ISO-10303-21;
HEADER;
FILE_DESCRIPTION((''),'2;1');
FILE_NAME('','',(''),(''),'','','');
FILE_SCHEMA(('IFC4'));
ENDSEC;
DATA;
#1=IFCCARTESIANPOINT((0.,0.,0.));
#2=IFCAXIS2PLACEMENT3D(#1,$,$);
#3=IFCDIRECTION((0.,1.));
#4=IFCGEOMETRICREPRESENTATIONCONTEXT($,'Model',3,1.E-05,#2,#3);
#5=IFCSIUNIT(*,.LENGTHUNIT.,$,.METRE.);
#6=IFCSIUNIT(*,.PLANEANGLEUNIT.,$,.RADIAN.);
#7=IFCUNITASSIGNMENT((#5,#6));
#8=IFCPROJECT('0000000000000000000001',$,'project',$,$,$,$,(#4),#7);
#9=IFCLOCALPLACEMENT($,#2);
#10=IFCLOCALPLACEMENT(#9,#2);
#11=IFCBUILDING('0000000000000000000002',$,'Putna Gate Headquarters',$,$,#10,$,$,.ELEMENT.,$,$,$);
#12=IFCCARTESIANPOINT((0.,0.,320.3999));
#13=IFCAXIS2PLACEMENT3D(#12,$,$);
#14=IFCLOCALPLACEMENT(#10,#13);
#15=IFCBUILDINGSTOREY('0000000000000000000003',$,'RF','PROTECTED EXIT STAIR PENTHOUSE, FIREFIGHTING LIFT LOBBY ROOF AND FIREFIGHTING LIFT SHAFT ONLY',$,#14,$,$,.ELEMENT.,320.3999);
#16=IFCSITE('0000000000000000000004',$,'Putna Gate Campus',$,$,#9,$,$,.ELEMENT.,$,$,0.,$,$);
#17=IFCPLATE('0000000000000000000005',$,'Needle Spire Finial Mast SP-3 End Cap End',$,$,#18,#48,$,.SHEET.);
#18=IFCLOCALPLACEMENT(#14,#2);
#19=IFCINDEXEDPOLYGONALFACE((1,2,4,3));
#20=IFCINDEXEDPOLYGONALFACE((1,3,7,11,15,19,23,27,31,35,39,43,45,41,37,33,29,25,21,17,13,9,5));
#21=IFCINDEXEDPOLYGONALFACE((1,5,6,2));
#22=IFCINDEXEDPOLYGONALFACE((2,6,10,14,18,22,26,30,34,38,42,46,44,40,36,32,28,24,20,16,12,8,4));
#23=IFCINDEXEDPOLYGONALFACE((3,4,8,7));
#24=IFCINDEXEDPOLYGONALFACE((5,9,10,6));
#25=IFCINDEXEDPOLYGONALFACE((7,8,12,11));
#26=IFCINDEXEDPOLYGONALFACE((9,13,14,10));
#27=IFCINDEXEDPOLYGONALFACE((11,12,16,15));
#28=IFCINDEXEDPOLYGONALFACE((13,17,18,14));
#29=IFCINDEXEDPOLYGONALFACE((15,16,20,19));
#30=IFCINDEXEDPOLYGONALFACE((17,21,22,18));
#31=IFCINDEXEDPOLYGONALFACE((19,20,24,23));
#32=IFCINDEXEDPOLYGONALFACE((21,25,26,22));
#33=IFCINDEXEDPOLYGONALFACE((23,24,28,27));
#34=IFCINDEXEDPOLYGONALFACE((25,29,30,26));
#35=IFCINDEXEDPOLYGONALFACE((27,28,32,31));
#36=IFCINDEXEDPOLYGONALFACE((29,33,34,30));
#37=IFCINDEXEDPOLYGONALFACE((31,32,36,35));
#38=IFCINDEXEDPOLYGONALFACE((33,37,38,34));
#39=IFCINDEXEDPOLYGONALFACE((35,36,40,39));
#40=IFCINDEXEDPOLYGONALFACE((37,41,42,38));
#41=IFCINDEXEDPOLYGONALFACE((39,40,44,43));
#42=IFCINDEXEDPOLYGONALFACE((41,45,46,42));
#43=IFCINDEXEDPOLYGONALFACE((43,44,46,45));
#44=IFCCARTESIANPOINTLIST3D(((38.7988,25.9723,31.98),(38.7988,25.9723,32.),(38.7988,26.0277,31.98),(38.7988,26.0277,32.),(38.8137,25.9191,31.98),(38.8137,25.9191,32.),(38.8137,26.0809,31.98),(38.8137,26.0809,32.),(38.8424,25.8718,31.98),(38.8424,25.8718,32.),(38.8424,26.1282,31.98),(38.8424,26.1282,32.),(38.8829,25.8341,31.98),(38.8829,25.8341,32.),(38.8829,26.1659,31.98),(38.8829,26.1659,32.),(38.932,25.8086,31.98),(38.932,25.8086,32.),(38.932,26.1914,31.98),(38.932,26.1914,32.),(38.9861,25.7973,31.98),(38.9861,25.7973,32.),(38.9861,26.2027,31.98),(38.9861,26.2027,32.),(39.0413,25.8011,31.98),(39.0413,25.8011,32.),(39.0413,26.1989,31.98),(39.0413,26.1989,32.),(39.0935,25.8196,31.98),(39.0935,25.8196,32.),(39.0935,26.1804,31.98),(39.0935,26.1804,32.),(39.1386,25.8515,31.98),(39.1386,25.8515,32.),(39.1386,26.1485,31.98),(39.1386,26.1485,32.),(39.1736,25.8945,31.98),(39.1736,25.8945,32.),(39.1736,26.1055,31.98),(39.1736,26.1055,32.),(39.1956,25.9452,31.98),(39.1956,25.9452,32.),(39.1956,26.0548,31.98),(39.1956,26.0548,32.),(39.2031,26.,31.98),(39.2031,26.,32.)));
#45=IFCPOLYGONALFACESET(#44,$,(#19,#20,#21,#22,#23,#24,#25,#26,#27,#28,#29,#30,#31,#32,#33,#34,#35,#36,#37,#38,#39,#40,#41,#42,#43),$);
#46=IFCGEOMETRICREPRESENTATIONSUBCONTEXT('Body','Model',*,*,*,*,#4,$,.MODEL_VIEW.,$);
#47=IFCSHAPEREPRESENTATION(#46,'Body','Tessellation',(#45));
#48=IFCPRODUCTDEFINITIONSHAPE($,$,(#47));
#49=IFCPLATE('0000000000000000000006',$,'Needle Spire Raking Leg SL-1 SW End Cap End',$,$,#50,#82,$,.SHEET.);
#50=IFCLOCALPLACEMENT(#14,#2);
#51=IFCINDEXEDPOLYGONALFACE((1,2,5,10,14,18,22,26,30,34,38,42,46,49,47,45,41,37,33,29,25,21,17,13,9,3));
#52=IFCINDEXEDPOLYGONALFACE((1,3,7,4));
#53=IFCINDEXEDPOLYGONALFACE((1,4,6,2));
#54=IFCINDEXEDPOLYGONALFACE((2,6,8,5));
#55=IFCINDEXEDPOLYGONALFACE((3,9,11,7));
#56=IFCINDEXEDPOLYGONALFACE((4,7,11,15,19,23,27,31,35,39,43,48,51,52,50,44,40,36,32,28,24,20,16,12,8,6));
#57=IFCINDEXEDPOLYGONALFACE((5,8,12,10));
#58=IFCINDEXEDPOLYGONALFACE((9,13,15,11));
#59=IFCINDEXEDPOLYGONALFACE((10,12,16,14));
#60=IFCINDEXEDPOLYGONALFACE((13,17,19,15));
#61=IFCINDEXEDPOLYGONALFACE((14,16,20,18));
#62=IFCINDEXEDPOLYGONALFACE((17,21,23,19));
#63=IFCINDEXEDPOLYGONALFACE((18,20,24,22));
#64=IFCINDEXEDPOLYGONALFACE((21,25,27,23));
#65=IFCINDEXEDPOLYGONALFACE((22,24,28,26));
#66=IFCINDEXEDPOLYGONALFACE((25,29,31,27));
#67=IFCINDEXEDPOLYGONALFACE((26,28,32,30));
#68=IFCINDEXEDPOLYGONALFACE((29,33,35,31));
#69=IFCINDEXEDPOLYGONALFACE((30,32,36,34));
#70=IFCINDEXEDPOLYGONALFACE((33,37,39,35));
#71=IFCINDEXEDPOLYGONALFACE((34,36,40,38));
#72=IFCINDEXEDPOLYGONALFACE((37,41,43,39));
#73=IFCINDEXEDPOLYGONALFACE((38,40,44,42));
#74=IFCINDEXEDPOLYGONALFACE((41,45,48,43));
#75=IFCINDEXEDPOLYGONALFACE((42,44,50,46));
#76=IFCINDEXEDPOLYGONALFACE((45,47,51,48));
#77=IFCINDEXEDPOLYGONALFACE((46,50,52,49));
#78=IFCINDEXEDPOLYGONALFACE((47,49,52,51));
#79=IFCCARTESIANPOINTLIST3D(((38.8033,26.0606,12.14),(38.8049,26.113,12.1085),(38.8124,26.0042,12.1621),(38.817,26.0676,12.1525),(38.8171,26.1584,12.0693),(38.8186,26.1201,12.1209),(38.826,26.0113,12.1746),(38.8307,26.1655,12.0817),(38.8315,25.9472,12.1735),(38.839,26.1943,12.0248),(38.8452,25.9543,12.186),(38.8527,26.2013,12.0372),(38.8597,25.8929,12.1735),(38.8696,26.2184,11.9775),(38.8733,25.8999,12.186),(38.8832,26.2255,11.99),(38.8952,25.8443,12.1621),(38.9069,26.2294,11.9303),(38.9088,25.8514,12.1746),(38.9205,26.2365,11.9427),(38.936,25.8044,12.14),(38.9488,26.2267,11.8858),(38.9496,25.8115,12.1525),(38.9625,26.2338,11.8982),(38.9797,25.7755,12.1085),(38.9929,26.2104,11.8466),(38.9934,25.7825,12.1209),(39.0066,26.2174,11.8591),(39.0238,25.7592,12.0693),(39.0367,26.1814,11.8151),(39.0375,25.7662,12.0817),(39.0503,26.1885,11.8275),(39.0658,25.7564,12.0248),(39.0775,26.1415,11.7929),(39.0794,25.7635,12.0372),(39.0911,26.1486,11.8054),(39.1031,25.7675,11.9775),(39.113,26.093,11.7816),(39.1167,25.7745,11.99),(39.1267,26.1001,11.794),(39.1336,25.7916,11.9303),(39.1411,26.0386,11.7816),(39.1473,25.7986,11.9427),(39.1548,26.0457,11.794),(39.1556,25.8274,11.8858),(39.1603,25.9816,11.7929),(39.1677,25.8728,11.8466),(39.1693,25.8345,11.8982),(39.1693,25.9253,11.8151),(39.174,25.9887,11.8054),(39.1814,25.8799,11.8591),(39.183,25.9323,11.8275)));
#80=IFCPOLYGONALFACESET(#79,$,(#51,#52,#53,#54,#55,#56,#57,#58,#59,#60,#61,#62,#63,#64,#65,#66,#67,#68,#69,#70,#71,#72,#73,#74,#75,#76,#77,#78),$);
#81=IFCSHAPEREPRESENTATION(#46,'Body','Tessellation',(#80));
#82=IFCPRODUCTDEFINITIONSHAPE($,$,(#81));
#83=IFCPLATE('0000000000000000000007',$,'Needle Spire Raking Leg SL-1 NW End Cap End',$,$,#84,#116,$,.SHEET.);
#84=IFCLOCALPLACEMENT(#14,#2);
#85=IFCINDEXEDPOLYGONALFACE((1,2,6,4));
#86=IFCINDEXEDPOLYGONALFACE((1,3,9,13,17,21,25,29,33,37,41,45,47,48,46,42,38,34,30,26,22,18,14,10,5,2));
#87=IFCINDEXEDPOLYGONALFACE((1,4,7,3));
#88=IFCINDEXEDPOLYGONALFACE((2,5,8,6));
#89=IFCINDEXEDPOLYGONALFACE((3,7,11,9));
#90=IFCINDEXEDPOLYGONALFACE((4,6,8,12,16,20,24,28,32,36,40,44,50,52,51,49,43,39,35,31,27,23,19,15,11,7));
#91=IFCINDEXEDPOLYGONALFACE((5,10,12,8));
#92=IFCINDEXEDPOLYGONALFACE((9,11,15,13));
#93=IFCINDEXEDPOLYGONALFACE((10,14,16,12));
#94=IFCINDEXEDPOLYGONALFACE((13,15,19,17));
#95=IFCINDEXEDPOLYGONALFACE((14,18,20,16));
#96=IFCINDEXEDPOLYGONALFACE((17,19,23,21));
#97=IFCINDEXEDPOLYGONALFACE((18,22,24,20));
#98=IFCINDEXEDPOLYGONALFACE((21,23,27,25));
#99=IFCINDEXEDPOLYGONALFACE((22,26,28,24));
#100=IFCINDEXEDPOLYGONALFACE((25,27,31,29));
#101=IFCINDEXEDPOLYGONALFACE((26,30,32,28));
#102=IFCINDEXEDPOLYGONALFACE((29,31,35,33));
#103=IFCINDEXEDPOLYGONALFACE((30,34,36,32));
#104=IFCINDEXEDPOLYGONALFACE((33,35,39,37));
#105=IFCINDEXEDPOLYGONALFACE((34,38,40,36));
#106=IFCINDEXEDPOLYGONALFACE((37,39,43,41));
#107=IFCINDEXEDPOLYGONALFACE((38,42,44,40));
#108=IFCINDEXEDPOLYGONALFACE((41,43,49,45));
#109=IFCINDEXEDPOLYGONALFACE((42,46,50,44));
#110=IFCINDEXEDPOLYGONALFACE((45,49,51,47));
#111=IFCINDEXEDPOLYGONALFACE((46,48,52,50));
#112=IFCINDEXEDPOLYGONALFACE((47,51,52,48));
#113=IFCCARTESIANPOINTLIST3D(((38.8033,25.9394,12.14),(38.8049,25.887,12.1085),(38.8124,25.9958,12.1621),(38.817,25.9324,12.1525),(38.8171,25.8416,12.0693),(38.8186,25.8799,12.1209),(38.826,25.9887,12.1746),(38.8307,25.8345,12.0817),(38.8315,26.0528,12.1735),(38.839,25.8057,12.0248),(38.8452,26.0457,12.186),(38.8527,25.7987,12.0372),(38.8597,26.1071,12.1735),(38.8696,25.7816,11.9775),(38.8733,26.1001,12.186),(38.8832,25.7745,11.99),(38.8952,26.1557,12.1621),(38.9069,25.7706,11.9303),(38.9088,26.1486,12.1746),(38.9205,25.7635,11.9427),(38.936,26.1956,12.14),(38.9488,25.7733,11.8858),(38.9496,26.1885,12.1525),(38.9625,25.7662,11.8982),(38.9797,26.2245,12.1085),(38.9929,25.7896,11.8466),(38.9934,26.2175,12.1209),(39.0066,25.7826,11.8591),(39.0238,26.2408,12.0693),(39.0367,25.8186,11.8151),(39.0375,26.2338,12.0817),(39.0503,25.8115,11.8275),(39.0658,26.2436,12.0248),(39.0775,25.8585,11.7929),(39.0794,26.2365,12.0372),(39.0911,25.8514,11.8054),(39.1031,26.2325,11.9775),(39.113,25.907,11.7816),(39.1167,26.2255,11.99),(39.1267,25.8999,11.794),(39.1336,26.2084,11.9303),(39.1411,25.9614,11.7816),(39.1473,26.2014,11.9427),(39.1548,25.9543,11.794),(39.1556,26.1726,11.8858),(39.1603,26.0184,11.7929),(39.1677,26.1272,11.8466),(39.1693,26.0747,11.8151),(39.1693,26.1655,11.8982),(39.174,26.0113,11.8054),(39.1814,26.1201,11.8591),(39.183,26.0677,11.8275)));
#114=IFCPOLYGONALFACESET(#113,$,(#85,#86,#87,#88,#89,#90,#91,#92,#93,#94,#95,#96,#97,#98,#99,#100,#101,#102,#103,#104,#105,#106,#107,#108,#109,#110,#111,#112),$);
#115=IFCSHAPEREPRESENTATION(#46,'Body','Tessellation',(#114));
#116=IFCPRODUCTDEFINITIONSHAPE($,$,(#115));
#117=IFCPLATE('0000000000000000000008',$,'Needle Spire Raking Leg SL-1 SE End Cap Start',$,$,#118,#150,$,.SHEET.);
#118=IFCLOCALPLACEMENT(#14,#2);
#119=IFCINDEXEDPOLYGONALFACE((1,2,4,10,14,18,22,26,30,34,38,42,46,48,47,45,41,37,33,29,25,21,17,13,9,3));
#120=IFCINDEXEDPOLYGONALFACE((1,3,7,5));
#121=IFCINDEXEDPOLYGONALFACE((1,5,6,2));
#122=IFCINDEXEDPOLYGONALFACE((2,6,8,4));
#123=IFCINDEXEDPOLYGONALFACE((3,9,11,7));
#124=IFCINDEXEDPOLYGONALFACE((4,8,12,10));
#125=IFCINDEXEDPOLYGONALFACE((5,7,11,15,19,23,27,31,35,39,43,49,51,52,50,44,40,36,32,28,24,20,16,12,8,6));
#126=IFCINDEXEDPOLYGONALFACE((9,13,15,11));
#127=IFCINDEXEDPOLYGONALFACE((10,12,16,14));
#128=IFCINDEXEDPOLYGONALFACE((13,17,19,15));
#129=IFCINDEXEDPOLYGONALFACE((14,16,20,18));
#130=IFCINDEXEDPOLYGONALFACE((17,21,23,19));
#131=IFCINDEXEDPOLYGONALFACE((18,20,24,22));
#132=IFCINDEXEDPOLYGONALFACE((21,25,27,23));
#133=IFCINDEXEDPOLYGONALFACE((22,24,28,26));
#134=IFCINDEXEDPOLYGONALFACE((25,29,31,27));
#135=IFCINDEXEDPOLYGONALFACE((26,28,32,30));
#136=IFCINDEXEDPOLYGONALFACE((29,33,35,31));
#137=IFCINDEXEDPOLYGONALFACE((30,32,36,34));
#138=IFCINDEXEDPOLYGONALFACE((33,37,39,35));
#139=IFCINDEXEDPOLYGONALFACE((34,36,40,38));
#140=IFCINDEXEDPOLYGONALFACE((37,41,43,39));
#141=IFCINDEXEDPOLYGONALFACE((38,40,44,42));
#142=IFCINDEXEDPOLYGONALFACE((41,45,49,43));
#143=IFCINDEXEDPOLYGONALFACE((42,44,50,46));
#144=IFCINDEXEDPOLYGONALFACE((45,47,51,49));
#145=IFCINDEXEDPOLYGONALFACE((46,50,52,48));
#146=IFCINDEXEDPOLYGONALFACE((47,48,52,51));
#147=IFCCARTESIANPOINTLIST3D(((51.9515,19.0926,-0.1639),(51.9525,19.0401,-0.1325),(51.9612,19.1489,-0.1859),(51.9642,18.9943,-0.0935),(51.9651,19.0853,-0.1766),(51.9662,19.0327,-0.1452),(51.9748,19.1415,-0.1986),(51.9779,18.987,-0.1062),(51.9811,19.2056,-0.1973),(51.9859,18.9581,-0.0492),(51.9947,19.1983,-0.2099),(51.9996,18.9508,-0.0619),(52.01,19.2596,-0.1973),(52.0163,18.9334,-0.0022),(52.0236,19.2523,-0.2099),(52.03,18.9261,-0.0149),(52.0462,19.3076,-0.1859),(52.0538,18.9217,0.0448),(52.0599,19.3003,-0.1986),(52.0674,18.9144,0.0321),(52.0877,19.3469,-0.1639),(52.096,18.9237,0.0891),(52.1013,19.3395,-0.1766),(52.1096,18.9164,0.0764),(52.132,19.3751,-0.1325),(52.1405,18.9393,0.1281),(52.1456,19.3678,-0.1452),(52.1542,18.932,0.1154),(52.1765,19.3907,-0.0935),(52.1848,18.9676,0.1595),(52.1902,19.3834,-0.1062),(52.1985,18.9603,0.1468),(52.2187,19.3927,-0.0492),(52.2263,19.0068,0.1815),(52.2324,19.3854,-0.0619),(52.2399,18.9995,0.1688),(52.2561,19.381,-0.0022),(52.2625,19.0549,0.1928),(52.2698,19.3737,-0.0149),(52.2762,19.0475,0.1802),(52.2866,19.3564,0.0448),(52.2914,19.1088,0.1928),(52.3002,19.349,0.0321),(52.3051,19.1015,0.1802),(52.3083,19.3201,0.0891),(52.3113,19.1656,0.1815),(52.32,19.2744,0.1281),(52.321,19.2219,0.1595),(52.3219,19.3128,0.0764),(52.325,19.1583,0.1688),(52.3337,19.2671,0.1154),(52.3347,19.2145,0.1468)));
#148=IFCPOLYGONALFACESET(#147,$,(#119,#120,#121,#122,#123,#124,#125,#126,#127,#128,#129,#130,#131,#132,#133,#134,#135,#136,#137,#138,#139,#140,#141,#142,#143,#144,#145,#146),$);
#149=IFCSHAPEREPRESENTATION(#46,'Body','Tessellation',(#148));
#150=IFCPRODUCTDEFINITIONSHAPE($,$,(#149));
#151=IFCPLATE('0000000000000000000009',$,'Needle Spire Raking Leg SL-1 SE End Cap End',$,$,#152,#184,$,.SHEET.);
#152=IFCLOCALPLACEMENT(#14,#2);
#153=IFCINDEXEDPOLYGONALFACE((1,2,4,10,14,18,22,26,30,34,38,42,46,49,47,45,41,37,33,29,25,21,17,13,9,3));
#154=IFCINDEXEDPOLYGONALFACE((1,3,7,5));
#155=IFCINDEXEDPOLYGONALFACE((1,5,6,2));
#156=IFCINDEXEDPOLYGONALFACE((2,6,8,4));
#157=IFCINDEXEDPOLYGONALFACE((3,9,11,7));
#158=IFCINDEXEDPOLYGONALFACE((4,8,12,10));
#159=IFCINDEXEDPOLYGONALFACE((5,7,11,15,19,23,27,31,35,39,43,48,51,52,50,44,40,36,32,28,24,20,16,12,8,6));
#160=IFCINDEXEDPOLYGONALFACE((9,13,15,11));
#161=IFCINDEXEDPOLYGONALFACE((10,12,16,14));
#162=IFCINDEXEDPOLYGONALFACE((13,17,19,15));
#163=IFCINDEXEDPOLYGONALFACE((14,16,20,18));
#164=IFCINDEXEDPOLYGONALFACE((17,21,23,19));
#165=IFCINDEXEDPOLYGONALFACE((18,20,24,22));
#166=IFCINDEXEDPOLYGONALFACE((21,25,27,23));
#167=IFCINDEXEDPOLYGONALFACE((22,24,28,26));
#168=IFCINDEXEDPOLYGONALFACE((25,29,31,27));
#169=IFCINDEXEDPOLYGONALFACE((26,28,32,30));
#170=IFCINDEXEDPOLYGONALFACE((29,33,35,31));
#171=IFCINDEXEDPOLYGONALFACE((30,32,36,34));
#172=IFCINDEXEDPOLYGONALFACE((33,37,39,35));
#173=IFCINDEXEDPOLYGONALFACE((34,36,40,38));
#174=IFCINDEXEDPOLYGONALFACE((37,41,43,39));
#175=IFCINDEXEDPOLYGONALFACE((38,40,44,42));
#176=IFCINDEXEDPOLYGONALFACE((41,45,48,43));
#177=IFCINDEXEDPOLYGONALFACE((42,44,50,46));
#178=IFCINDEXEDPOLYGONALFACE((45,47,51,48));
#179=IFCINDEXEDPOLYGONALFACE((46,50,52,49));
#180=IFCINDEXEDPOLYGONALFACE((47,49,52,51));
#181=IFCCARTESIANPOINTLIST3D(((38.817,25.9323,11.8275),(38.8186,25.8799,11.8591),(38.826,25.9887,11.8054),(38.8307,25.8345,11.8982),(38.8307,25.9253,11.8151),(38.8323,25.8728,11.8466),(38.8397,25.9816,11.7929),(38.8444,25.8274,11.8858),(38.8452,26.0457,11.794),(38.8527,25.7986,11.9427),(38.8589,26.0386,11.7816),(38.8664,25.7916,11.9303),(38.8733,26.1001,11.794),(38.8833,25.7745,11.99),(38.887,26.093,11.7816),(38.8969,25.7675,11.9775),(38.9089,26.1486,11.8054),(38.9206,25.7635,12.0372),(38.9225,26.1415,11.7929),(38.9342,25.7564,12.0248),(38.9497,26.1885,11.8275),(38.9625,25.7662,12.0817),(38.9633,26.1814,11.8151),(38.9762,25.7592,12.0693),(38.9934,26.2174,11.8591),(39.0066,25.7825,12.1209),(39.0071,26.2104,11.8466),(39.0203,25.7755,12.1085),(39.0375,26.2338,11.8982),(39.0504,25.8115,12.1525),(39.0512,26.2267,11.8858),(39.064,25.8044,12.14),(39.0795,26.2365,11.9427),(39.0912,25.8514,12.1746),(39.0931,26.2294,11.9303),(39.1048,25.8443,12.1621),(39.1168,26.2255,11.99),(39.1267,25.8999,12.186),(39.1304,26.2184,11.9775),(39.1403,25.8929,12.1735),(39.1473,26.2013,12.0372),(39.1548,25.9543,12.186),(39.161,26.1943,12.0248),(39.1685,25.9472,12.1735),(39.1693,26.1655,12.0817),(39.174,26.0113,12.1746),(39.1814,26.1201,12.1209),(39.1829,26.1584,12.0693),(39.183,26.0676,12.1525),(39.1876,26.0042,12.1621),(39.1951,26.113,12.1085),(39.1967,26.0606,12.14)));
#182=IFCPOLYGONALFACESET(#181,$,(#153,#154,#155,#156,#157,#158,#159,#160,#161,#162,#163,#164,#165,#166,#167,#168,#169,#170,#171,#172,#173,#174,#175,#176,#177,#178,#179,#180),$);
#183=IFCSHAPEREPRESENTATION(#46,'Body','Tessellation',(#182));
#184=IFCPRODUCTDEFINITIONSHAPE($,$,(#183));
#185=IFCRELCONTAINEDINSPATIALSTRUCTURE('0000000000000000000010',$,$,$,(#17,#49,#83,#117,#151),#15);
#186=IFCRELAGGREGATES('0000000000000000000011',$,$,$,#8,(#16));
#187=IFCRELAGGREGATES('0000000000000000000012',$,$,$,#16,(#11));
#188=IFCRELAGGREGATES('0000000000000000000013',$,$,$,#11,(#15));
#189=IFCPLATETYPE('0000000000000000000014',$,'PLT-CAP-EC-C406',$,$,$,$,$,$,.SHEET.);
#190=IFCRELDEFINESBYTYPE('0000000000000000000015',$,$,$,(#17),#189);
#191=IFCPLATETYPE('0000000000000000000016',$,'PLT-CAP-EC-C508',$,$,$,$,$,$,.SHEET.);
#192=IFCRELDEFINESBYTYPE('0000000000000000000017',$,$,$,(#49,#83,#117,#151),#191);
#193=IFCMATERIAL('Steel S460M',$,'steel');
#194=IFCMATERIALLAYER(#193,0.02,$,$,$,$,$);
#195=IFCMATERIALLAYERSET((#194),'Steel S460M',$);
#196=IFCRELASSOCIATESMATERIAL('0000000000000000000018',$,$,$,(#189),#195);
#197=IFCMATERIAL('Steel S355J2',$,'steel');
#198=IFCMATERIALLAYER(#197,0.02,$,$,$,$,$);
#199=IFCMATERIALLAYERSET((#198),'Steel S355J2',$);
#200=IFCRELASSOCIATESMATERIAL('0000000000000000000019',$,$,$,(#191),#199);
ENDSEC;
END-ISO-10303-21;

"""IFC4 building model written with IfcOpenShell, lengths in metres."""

from ifc_helpers import new_model, si_unit, direction, frame, origin, origin_2d, place, context, subcontext, project, spatial, circle, extrude, material, layer, layer_set, type_object, element, save


model = new_model("IFC4")

# Units and contexts
model_context = context("Model", 3, precision=1e-05, world=origin(), true_north=direction((0.0, 1.0)))
body_context = subcontext(model_context, "Body", "Model", "MODEL_VIEW")
ifc_project = project(units=[si_unit("LENGTHUNIT", "METRE"), si_unit("PLANEANGLEUNIT", "RADIAN")], contexts=[model_context])

# Site, building, storey
site_placement = place(None, origin())
site = spatial("IfcSite", under=ifc_project, at=site_placement, Name="Putna Gate Campus", CompositionType="ELEMENT", RefElevation=0.0)
building_placement = place(site_placement, origin())
building = spatial("IfcBuilding", under=site, at=building_placement, Name="Putna Gate Headquarters", CompositionType="ELEMENT")
storey_placement = place(building_placement, frame((0.0, 0.0, 320.3999)))
storey = spatial("IfcBuildingStorey", under=building, at=storey_placement, Name="RF", Description="PROTECTED EXIT STAIR PENTHOUSE, FIREFIGHTING LIFT LOBBY ROOF AND FIREFIGHTING LIFT SHAFT ONLY", CompositionType="ELEMENT", Elevation=320.3999)

# Shared definitions
ifc_material_1 = material(Name="Steel S460M", Category="steel")

# Plates
ifc_material_2 = material(Name="Steel S355J2", Category="steel")
ifc_layer_1 = layer(ifc_material_1, 0.02)
ifc_layer_set_1 = layer_set([ifc_layer_1], Name="Steel S460M")
plate_type_1 = type_object("IfcPlateType", Name="PLT-CAP-EC-C406", PredefinedType="SHEET", material=ifc_layer_set_1)
plate_1_placement = place(storey_placement, frame((39.0, 26.0, 31.98), z_axis=(0.0, 0.0, 1.0), x_axis=(1.0, 0.0, 0.0)))
element("IfcPlate", 1, at=plate_1_placement, inside=storey, type_object=plate_type_1, Name="Needle Spire Finial Mast SP-3 End Cap End", PredefinedType="SHEET", context=body_context, shape_type="SweptSolid", body=[
    extrude(circle(Radius=0.2031, at=origin_2d()), origin(), (0.0, 0.0, 1.0), 0.02),
])
ifc_layer_2 = layer(ifc_material_2, 0.02)
ifc_layer_set_2 = layer_set([ifc_layer_2], Name="Steel S355J2")
plate_type_2 = type_object("IfcPlateType", Name="PLT-CAP-EC-C508", PredefinedType="SHEET", material=ifc_layer_set_2)
for number, where, z_axis, x_axis, name in (
    (2, (38.9863, 25.9929, 11.9775), (0.690464, 0.357562, 0.628816), (-0.459854, 0.887994, 0.0), "Needle Spire Raking Leg SL-1 SW End Cap End"),
    (3, (38.9863, 26.0071, 11.9775), (0.690464, -0.357562, 0.628816), (0.459854, 0.887994, 0.0), "Needle Spire Raking Leg SL-1 NW End Cap End"),
):
    element("IfcPlate", number, at=place(storey_placement, frame(where, z_axis=z_axis, x_axis=x_axis)), inside=storey, type_object=plate_type_2, Name=name, PredefinedType="SHEET", context=body_context, shape_type="SweptSolid", body=[
        extrude(circle(Radius=0.2539, at=origin_2d()), origin(), (0.0, 0.0, 1.0), 0.0198),
    ])
plate_2_placement = place(storey_placement, frame((52.1499, 19.1499, -0.0149), z_axis=(-0.682116, 0.365419, 0.633393), x_axis=(-0.472221, -0.88148, 0.0)))
element("IfcPlate", 4, at=plate_2_placement, inside=storey, type_object=plate_type_2, Name="Needle Spire Raking Leg SL-1 SE End Cap Start", PredefinedType="SHEET", context=body_context, shape_type="SweptSolid", body=[
    extrude(circle(Radius=0.2539, at=origin_2d()), origin(), (0.0, 0.0, 1.0), 0.02),
])
plate_3_placement = place(storey_placement, frame((39.0137, 25.9929, 11.9775), z_axis=(-0.690464, 0.357562, 0.628816), x_axis=(-0.459854, -0.887994, 0.0)))
element("IfcPlate", 5, at=plate_3_placement, inside=storey, type_object=plate_type_2, Name="Needle Spire Raking Leg SL-1 SE End Cap End", PredefinedType="SHEET", context=body_context, shape_type="SweptSolid", body=[
    extrude(circle(Radius=0.2539, at=origin_2d()), origin(), (0.0, 0.0, 1.0), 0.0198),
])

save(model, "model.ifc")
